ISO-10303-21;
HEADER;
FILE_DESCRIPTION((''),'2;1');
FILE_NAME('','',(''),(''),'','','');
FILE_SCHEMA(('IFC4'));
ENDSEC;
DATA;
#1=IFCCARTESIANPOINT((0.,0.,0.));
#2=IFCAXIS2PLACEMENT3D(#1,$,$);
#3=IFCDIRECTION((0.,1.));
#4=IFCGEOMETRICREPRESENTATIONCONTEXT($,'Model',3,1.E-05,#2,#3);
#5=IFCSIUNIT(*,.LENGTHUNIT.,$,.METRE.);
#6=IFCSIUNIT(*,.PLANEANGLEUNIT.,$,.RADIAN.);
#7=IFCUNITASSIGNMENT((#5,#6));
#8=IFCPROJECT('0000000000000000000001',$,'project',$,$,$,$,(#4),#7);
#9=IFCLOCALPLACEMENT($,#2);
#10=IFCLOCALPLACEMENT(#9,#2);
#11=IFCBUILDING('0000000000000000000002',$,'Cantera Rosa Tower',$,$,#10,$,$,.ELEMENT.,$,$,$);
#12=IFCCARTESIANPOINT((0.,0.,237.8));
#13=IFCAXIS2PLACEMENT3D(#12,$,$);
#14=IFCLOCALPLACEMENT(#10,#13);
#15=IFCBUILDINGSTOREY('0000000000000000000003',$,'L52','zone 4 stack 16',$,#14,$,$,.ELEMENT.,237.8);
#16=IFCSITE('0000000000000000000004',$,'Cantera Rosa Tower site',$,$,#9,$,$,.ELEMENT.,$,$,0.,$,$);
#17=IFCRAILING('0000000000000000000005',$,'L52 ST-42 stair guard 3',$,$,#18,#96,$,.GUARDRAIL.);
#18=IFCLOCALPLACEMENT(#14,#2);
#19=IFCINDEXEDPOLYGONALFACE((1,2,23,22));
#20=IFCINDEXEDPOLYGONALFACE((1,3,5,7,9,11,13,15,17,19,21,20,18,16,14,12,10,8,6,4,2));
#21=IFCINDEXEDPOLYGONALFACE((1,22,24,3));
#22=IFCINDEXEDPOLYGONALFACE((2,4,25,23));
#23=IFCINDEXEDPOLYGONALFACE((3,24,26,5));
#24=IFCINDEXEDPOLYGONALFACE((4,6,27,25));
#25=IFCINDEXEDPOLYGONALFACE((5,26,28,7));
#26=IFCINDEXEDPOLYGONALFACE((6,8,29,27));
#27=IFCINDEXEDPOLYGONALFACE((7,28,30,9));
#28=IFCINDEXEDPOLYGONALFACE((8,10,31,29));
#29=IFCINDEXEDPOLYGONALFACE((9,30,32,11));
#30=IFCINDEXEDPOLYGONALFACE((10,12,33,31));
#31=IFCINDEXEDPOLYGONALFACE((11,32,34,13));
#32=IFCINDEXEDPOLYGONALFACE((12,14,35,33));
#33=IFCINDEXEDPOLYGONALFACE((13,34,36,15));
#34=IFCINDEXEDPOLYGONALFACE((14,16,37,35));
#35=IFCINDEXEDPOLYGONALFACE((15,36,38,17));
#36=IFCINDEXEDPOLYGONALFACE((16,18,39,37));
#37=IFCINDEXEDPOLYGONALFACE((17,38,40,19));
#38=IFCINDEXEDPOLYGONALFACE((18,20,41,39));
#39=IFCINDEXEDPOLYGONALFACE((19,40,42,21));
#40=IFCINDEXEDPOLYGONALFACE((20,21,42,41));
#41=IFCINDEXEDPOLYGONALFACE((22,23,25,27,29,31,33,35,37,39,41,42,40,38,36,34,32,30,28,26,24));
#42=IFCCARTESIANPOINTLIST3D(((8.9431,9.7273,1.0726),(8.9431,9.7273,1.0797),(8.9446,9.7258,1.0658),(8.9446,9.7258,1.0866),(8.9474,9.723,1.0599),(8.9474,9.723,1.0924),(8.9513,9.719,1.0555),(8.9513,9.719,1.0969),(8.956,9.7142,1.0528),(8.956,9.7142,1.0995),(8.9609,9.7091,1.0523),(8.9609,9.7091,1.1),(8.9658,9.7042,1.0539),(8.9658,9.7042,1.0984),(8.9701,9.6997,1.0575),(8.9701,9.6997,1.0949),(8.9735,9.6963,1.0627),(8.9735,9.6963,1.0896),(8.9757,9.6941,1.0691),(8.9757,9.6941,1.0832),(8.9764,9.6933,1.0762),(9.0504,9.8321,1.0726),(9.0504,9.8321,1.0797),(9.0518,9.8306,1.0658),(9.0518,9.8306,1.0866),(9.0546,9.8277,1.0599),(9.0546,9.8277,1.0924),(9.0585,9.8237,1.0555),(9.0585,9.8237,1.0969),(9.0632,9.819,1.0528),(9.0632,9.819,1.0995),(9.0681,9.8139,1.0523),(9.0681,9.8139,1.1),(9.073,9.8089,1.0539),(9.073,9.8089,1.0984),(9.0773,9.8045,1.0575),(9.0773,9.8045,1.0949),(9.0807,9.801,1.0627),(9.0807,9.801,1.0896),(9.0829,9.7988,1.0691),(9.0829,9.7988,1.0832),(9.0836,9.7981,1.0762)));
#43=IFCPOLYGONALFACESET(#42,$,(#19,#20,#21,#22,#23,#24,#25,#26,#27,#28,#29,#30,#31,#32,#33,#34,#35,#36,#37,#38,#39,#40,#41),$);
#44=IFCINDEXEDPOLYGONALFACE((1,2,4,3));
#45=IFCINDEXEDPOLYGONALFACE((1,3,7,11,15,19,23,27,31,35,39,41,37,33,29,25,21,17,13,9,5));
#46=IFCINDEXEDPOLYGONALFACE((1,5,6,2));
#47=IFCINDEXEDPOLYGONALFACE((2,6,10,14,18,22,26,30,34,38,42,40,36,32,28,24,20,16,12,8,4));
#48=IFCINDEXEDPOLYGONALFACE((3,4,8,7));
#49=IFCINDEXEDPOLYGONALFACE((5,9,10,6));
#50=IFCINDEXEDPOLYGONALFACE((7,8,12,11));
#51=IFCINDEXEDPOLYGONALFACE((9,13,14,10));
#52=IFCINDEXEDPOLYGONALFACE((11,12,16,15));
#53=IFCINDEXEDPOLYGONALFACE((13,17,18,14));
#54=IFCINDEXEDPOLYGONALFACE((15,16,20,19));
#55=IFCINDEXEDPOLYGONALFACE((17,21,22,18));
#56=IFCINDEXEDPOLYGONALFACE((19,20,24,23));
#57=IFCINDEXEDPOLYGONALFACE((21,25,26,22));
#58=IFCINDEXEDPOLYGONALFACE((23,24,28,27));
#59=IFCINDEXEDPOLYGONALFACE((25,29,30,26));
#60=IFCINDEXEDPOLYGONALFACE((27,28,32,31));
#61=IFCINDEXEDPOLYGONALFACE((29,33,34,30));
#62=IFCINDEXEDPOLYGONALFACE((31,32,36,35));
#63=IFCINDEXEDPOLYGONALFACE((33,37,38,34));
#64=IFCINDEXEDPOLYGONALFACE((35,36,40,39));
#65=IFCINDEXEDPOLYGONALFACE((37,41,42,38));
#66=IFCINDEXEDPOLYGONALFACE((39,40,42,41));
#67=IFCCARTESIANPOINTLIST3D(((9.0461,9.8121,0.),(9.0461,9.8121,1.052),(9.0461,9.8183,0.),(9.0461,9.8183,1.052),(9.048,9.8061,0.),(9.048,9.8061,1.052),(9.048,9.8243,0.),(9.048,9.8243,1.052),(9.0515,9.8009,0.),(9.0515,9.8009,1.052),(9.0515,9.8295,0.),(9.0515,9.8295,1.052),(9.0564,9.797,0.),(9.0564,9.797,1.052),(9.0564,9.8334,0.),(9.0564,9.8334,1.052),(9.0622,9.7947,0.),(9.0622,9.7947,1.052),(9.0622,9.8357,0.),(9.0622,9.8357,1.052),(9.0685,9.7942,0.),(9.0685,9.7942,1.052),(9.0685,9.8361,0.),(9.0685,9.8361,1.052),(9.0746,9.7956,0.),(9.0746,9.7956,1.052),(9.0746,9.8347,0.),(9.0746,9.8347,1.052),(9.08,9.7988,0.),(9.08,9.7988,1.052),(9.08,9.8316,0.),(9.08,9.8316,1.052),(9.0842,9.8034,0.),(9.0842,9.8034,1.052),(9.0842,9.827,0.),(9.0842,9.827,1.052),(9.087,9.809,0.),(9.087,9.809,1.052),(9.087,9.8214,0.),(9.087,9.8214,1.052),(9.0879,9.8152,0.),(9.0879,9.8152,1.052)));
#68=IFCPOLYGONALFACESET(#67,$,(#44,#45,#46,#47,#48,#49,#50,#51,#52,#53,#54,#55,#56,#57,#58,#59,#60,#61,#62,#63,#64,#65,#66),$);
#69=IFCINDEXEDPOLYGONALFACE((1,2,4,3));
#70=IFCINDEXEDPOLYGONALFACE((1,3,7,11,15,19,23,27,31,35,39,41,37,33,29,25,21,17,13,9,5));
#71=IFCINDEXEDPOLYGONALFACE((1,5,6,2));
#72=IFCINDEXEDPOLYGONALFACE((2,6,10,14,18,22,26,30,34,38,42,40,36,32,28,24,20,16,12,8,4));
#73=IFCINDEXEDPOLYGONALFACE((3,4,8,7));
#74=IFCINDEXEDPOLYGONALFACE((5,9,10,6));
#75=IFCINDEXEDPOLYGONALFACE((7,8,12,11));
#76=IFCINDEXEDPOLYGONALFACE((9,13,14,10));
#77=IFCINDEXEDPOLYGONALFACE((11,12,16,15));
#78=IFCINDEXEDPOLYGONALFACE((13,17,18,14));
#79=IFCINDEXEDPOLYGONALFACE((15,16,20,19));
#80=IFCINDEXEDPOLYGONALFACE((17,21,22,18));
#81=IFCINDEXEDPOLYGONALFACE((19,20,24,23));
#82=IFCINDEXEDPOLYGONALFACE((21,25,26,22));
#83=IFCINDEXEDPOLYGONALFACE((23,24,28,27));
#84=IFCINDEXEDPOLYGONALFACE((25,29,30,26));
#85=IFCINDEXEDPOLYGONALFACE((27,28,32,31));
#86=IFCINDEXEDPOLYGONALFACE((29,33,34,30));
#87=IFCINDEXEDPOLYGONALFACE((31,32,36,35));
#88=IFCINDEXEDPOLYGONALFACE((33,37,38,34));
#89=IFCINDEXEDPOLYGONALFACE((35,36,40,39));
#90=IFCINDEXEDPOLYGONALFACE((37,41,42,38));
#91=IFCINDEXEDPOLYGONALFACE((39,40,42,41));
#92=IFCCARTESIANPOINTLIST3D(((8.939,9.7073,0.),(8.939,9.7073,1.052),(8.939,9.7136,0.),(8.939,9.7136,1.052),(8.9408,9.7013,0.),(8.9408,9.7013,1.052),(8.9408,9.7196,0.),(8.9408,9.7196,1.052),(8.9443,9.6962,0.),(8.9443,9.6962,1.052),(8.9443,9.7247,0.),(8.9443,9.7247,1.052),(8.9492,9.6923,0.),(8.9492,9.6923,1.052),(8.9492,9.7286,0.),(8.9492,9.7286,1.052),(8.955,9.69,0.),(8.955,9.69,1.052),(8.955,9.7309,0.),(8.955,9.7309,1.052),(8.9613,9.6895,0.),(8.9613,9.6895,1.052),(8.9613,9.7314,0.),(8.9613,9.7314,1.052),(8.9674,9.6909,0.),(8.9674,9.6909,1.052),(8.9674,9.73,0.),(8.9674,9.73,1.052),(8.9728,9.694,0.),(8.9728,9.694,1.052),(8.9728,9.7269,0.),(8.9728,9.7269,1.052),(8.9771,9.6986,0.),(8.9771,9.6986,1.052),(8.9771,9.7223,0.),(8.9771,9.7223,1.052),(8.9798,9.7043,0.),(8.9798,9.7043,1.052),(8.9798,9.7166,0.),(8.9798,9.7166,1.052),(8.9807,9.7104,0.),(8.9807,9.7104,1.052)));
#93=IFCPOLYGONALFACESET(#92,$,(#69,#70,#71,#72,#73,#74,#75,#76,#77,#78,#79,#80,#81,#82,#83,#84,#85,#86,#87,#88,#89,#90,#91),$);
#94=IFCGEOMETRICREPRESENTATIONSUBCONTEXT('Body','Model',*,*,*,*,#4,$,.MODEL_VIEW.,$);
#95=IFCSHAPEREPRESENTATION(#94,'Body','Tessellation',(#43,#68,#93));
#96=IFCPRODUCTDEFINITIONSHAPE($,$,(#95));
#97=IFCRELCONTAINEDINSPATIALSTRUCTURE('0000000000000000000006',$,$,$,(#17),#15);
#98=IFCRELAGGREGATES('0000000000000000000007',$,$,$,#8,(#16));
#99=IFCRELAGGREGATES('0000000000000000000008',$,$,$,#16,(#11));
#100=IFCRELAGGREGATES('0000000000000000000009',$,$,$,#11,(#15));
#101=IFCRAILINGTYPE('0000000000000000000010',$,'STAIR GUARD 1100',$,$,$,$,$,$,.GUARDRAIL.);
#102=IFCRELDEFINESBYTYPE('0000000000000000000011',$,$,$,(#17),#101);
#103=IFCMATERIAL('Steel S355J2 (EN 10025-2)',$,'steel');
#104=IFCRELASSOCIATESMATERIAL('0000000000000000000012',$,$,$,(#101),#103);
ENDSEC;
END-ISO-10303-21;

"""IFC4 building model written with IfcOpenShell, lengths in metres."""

from ifc_helpers import new_model, si_unit, direction, frame, origin, origin_2d, place, context, subcontext, project, spatial, circle, extrude, material, type_object, element, save


model = new_model("IFC4")

# Units and contexts
model_context = context("Model", 3, precision=1e-05, world=origin(), true_north=direction((0.0, 1.0)))
body_context = subcontext(model_context, "Body", "Model", "MODEL_VIEW")
ifc_project = project(units=[si_unit("LENGTHUNIT", "METRE"), si_unit("PLANEANGLEUNIT", "RADIAN")], contexts=[model_context])

# Site, building, storey
site_placement = place(None, origin())
site = spatial("IfcSite", under=ifc_project, at=site_placement, Name="Cantera Rosa Tower site", CompositionType="ELEMENT", RefElevation=0.0)
building_placement = place(site_placement, origin())
building = spatial("IfcBuilding", under=site, at=building_placement, Name="Cantera Rosa Tower", CompositionType="ELEMENT")
storey_placement = place(building_placement, frame((0.0, 0.0, 237.8)))
storey = spatial("IfcBuildingStorey", under=building, at=storey_placement, Name="L52", Description="zone 4 stack 16", CompositionType="ELEMENT", Elevation=237.8)

# Railing
ifc_material_1 = material(Name="Steel S355J2 (EN 10025-2)", Category="steel")
railing_type_1 = type_object("IfcRailingType", Name="STAIR GUARD 1100", PredefinedType="GUARDRAIL", material=ifc_material_1)
railing_1_placement = place(storey_placement, frame((9.0669, 9.8152, 0.0)))
element("IfcRailing", 1, at=railing_1_placement, inside=storey, type_object=railing_type_1, Name="L52 ST-42 stair guard 3", PredefinedType="GUARDRAIL", context=body_context, shape_type="SweptSolid", body=[
    extrude(circle(Radius=0.0239, at=origin_2d()), frame((0.0, 0.0, 1.0762), z_axis=(-0.715206, -0.698914, 0.0), x_axis=(0.698914, -0.715206, 0.0)), (0.0, 0.0, 1.0), 0.1499),
    extrude(circle(Radius=0.021, at=origin_2d()), origin(), (0.0, 0.0, 1.0), 1.052),
    extrude(circle(Radius=0.021, at=origin_2d()), frame((-0.1072, -0.1047, 0.0)), (0.0, 0.0, 1.0), 1.052),
])

save(model, "model.ifc")
